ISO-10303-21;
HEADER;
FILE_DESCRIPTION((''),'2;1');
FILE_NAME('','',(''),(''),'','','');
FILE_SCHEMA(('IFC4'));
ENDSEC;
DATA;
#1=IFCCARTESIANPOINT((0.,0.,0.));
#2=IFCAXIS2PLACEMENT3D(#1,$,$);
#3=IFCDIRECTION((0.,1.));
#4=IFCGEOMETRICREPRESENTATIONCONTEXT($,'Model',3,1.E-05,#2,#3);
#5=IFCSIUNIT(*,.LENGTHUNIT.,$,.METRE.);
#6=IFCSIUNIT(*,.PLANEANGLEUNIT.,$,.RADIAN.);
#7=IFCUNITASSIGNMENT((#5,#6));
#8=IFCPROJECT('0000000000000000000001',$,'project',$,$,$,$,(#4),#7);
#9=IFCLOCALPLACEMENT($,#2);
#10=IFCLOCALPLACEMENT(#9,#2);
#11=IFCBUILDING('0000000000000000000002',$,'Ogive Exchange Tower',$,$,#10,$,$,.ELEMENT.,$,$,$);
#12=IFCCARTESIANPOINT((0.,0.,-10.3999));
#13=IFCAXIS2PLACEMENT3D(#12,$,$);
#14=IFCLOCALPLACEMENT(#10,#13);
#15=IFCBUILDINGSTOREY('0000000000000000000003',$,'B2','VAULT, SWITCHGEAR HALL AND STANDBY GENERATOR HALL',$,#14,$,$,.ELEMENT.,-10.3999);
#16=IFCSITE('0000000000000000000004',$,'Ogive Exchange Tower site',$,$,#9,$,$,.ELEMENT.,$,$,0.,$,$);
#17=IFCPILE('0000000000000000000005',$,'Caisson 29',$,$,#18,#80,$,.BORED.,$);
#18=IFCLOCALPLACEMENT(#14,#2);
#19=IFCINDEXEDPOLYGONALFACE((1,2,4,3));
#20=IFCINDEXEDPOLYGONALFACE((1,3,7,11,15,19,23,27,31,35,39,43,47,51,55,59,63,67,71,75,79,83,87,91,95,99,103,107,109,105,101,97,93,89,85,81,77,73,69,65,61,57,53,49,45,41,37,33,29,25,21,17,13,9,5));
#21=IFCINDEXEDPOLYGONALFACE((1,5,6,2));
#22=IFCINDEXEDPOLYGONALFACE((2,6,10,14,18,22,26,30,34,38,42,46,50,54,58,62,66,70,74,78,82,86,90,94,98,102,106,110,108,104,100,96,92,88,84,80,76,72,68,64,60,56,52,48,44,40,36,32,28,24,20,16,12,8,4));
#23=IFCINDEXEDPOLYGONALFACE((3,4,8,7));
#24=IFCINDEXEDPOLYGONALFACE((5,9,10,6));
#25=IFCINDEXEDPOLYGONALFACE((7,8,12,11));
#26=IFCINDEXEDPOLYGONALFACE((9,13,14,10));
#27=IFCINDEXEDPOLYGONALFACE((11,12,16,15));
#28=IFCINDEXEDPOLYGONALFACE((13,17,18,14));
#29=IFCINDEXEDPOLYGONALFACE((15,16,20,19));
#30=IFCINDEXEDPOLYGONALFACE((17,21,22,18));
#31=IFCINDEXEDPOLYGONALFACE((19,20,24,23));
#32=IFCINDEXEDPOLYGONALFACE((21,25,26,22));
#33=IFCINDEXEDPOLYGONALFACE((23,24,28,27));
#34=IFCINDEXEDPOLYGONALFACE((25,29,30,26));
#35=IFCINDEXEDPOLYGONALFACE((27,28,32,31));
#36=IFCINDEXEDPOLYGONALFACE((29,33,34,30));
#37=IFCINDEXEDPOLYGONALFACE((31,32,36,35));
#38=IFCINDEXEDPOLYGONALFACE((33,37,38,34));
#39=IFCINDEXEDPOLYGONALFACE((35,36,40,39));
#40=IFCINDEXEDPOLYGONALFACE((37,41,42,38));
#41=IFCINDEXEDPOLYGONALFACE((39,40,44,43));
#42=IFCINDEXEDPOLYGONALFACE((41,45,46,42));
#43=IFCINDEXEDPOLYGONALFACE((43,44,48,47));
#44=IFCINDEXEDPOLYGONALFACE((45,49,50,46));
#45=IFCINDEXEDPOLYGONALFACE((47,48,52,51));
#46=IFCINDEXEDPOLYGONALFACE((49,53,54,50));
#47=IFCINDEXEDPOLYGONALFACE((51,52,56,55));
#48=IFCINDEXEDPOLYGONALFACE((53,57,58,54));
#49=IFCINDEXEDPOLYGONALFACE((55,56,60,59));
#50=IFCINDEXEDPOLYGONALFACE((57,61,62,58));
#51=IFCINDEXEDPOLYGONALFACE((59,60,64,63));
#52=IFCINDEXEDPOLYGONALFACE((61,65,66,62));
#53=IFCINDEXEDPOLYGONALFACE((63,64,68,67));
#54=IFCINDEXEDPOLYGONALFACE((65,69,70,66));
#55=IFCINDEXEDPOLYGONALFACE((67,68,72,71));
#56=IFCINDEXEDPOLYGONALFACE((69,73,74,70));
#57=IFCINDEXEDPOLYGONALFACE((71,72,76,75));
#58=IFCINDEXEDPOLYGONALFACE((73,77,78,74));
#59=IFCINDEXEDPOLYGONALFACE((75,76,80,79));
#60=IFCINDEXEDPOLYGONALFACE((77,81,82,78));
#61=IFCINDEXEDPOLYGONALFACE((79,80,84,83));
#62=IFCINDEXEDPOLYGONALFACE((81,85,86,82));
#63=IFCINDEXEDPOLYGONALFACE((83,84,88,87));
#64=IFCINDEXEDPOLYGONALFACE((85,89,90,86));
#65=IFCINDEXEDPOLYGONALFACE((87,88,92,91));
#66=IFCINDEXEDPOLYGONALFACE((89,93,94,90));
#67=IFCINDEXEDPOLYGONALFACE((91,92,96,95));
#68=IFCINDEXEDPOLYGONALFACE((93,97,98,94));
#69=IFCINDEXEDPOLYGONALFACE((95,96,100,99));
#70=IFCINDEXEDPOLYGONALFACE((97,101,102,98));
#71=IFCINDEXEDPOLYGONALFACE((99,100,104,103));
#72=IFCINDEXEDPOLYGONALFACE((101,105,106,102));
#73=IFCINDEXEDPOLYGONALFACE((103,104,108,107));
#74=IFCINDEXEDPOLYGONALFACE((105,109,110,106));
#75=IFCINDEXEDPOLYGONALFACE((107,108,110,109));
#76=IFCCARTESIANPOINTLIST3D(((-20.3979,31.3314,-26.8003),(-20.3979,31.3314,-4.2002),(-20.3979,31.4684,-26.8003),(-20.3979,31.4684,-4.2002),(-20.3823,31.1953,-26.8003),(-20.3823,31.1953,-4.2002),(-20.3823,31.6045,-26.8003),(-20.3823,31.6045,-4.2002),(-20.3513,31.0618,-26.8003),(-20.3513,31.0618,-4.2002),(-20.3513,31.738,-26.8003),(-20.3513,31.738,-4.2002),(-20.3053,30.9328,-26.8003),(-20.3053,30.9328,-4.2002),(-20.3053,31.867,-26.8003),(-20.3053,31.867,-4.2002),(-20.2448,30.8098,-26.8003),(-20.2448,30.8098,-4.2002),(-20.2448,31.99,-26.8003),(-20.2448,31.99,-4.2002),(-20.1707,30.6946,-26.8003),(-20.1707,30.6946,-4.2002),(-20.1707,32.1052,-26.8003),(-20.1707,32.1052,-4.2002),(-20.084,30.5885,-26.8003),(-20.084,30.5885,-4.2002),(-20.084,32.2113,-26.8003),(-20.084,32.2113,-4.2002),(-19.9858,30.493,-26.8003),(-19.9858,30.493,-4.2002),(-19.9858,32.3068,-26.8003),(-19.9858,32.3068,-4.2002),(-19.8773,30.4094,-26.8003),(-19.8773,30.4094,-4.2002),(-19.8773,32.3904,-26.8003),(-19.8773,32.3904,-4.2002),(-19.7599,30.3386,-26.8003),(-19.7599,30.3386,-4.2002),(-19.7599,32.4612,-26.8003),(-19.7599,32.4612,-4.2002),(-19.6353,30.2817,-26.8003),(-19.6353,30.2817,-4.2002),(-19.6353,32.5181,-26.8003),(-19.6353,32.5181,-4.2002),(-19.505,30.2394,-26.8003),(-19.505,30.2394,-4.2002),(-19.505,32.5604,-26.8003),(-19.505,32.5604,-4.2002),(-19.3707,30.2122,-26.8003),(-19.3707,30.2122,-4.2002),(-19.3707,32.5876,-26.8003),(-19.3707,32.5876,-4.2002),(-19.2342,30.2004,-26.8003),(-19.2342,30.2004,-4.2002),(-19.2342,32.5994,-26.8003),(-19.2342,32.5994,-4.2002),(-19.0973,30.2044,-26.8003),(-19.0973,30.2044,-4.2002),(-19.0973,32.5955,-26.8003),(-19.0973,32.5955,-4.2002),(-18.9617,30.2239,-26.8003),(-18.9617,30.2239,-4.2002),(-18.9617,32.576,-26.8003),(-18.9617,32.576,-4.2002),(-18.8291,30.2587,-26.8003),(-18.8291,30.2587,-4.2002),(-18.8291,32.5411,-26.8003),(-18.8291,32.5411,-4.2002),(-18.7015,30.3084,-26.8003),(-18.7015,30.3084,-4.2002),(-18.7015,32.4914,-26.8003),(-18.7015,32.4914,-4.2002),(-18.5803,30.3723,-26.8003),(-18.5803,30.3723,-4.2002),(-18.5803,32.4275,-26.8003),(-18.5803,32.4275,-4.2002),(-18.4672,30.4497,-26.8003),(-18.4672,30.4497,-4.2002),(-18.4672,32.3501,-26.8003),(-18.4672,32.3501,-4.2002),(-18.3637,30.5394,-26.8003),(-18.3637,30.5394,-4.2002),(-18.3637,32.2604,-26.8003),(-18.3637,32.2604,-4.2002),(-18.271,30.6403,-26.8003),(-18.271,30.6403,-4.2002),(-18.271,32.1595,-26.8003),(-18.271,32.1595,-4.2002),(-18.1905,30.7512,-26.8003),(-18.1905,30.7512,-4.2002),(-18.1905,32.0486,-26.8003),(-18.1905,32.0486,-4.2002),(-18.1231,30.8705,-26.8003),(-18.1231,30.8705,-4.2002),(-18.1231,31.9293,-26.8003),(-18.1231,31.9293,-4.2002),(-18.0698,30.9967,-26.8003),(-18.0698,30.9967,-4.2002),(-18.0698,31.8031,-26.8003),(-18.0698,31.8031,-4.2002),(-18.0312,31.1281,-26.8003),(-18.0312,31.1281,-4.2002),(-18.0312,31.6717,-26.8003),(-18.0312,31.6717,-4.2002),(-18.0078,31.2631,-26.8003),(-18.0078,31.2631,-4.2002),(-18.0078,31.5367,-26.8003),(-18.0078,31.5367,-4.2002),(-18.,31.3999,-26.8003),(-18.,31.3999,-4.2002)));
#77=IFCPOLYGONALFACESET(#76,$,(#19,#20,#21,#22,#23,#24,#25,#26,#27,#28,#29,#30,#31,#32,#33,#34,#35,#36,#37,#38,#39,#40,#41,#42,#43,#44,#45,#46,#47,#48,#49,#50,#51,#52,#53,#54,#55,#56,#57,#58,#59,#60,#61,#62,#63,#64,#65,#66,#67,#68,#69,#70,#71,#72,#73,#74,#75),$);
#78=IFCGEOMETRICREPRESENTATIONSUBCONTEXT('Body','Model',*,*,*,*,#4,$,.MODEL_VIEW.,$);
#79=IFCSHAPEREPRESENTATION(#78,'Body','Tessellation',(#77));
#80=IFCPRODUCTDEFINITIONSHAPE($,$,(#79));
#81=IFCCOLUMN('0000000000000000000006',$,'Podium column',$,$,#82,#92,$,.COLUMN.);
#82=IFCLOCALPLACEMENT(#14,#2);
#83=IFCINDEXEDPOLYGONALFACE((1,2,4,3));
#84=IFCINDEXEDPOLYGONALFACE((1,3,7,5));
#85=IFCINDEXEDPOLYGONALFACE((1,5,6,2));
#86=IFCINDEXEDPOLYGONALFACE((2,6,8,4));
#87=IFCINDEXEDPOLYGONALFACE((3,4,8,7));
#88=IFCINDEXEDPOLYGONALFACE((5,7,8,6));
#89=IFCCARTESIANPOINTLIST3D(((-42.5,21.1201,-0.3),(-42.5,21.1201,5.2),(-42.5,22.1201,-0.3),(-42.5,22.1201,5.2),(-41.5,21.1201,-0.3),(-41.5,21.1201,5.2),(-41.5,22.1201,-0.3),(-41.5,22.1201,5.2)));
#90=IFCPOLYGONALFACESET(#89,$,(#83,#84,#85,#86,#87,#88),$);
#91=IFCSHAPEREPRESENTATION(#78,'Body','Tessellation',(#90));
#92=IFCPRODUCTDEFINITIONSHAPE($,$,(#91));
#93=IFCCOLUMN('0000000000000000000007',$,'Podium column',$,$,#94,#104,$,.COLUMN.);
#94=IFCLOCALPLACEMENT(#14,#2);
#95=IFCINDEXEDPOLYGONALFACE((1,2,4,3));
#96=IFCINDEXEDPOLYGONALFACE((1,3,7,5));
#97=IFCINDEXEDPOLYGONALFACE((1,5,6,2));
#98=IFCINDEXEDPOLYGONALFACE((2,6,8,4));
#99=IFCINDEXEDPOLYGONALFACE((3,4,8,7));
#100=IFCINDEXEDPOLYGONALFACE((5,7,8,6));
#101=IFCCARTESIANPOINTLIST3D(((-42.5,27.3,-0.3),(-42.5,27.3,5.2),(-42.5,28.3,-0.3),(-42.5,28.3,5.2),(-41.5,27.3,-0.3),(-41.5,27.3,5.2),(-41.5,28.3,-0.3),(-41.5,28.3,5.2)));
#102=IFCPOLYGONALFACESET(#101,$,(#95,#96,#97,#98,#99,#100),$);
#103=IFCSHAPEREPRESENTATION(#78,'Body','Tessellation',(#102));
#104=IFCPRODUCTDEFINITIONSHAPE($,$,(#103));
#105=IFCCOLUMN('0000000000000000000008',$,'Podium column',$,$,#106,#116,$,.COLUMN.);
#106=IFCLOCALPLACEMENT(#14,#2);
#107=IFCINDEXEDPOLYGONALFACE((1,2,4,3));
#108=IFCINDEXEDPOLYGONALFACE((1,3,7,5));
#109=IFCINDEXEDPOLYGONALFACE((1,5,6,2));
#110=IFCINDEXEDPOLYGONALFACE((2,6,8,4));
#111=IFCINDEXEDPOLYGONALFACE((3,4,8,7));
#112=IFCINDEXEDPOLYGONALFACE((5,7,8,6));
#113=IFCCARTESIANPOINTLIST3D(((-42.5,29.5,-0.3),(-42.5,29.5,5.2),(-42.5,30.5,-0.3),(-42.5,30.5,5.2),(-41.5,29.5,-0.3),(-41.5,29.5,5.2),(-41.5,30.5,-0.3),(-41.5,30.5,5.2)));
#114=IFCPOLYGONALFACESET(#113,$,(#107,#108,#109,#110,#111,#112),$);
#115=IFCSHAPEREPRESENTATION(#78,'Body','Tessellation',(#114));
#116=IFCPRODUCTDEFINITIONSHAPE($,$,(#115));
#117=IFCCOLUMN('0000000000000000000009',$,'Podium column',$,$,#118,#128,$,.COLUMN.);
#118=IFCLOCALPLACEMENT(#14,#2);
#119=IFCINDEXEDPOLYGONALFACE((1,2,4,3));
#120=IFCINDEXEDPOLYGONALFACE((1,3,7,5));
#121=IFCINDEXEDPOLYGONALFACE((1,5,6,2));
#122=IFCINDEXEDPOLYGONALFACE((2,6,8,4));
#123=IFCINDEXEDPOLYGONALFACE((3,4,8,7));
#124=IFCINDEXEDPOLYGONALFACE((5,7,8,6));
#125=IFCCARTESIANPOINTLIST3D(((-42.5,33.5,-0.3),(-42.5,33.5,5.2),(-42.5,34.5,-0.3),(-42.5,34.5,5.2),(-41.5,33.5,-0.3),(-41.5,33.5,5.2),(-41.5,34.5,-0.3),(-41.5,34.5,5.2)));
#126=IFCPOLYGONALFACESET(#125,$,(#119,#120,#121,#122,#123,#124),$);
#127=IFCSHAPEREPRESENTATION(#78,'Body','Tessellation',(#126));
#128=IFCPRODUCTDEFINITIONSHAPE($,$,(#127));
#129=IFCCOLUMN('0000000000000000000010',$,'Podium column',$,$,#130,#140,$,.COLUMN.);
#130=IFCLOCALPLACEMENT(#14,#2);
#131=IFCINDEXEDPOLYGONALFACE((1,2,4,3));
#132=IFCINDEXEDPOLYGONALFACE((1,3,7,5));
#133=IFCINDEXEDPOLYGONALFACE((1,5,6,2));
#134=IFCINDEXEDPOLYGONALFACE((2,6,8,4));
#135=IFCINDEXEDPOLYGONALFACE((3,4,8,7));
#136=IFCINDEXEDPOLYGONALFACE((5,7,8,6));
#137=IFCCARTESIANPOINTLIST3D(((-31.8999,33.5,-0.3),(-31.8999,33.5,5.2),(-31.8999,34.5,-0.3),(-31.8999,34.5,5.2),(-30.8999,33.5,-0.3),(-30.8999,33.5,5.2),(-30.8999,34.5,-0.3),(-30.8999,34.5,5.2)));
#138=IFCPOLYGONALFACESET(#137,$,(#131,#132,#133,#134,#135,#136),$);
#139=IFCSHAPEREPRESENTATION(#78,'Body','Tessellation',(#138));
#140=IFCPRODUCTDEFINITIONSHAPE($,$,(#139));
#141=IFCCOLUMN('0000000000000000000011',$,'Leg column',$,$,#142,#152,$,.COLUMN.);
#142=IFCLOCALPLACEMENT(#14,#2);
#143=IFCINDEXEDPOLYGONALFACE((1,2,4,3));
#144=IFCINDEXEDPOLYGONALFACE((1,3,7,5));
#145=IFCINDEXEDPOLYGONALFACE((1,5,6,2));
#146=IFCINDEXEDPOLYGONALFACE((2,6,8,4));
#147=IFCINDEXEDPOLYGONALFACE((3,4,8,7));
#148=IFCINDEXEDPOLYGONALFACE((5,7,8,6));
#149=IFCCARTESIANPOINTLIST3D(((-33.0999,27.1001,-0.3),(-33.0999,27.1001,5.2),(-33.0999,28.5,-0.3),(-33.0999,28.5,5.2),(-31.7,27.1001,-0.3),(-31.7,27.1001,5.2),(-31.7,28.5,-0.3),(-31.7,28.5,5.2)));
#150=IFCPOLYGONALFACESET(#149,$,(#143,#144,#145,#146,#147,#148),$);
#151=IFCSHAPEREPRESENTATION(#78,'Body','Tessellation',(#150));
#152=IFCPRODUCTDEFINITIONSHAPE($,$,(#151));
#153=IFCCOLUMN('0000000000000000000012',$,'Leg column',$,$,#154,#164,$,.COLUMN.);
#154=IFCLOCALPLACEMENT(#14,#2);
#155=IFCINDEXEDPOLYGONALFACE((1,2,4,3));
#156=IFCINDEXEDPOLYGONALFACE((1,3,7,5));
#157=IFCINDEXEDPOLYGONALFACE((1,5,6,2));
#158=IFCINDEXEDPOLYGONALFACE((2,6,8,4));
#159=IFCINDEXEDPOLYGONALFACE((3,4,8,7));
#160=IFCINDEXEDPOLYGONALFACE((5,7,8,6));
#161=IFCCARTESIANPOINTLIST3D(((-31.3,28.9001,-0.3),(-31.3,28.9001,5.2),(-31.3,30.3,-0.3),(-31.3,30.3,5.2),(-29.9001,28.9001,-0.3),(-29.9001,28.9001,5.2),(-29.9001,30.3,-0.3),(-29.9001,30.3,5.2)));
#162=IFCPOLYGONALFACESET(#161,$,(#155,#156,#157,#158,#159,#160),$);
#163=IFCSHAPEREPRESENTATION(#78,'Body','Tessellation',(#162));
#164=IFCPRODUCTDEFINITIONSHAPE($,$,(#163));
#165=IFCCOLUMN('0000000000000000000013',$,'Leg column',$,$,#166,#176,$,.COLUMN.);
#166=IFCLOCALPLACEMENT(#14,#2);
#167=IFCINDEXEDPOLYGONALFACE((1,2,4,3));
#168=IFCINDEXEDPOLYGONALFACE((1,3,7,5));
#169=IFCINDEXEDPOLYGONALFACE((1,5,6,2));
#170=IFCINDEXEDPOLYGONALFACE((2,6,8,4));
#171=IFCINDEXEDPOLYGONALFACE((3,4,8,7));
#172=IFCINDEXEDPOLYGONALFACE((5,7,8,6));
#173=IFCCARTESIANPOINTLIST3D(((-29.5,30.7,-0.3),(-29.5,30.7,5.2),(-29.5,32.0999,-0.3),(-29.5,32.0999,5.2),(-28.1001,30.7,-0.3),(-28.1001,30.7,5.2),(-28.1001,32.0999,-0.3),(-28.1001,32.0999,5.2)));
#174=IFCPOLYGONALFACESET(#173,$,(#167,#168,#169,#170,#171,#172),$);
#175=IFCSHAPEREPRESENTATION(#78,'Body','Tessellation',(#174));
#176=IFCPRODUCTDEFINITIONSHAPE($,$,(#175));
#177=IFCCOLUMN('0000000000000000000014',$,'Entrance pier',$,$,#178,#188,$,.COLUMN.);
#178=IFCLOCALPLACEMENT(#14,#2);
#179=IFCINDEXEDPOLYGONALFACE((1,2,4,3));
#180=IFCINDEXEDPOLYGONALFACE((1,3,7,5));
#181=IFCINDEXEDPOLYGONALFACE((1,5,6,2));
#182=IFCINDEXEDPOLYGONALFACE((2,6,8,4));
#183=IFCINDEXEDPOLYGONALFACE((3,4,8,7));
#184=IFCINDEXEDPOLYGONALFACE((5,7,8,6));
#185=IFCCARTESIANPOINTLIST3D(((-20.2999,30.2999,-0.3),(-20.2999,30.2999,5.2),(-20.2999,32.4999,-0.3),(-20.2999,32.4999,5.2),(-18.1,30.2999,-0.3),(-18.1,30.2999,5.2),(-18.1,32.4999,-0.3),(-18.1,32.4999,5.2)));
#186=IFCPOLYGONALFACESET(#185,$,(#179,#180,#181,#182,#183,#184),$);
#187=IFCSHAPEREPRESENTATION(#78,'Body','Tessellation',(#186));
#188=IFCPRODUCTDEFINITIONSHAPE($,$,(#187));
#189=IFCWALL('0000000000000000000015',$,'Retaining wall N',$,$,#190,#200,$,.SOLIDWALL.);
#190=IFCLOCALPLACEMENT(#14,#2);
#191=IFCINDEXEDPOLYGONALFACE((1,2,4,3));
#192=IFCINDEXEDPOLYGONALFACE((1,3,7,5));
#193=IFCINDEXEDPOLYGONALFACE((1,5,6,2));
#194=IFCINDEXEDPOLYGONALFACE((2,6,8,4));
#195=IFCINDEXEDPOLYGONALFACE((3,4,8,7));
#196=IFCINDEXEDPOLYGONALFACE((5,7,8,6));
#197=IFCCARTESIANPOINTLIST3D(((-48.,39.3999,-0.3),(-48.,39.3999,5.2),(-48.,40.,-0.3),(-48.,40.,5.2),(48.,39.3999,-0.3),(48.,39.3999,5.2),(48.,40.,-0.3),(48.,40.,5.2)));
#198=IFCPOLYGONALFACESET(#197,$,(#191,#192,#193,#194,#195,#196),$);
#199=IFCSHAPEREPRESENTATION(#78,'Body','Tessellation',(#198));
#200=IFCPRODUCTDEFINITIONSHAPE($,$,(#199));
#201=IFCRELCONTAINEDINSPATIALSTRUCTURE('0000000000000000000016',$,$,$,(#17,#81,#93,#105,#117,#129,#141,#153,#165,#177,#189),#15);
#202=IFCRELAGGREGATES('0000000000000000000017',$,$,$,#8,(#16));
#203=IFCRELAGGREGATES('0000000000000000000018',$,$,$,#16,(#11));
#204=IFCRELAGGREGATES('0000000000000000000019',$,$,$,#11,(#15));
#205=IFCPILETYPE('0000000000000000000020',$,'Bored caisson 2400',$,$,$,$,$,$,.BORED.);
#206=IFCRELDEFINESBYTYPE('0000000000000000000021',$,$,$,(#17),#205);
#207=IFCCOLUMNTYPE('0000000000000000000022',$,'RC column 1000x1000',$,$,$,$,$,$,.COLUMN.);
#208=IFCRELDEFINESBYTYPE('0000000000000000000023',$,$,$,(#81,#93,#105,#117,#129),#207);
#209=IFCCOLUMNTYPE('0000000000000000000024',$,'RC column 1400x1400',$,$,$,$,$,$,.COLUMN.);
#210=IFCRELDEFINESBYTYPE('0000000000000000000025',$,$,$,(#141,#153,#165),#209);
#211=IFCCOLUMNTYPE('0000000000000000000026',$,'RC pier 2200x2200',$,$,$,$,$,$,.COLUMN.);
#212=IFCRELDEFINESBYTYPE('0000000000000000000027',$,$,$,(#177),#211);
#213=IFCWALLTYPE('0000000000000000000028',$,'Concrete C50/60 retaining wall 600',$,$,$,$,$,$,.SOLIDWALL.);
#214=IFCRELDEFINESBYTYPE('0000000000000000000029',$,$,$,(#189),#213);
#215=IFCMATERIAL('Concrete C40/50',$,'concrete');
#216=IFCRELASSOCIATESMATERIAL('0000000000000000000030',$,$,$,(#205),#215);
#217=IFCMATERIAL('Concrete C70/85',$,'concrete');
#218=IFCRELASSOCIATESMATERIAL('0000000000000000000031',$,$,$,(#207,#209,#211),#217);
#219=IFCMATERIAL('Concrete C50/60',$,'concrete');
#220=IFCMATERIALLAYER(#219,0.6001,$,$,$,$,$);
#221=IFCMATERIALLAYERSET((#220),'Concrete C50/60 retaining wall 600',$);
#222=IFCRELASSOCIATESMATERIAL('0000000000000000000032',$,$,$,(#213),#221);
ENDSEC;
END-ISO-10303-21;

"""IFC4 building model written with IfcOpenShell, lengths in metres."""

from ifc_helpers import new_model, si_unit, direction, frame, frame_2d, origin, origin_2d, place, context, subcontext, project, spatial, rectangle, circle, extrude, material, layer, layer_set, material_profile, profile_set, type_object, element, save


model = new_model("IFC4")

# Units and contexts
model_context = context("Model", 3, precision=1e-05, world=origin(), true_north=direction((0.0, 1.0)))
body_context = subcontext(model_context, "Body", "Model", "MODEL_VIEW")
ifc_project = project(units=[si_unit("LENGTHUNIT", "METRE"), si_unit("PLANEANGLEUNIT", "RADIAN")], contexts=[model_context])

# Site, building, storey
site_placement = place(None, origin())
site = spatial("IfcSite", under=ifc_project, at=site_placement, Name="Ogive Exchange Tower site", CompositionType="ELEMENT", RefElevation=0.0)
building_placement = place(site_placement, origin())
building = spatial("IfcBuilding", under=site, at=building_placement, Name="Ogive Exchange Tower", CompositionType="ELEMENT")
storey_placement = place(building_placement, frame((0.0, 0.0, -10.3999)))
storey = spatial("IfcBuildingStorey", under=building, at=storey_placement, Name="B2", Description="VAULT, SWITCHGEAR HALL AND STANDBY GENERATOR HALL", CompositionType="ELEMENT", Elevation=-10.3999)

# Pile
ifc_material_1 = material(Name="Concrete C40/50", Category="concrete")
ifc_material_profile_1 = material_profile(ifc_material_1, circle(Radius=1.2, at=origin_2d()), Name="RC caisson 2400")
ifc_profile_set_1 = profile_set([ifc_material_profile_1], Name="Concrete C40/50")
pile_type = type_object("IfcPileType", Name="Bored caisson 2400", PredefinedType="BORED", material=ifc_profile_set_1)
for number, where, z_axis, x_axis, name in (
    (1, (-19.2, 31.3999, -4.2002), (0.0, 0.0, -1.0), (1.0, 0.0, 0.0), "Caisson 29"),
):
    element("IfcPile", number, at=place(storey_placement, frame(where, z_axis=z_axis, x_axis=x_axis)), inside=storey, type_object=pile_type, Name=name, PredefinedType="BORED", context=body_context, shape_type="SweptSolid", body=[
        extrude(circle(Radius=1.2, at=origin_2d()), origin(), (0.0, 0.0, 1.0), 22.6001),
    ])

# Columns
ifc_material_2 = material(Name="Concrete C70/85", Category="concrete")
ifc_material_profile_2 = material_profile(ifc_material_2, rectangle(XDim=1.0, YDim=1.0, at=origin_2d()), Name="RC 1000x1000")
ifc_profile_set_2 = profile_set([ifc_material_profile_2], Name="Concrete C70/85")
column_type_1 = type_object("IfcColumnType", Name="RC column 1000x1000", PredefinedType="COLUMN", material=ifc_profile_set_2)
for number, where, z_axis, x_axis, name in (
    (2, (-42.0, 21.6201, -0.3), (0.0, 0.0, 1.0), (1.0, 0.0, 0.0), "Podium column"),
    (3, (-42.0, 27.8, -0.3), (0.0, 0.0, 1.0), (1.0, 0.0, 0.0), "Podium column"),
    (4, (-42.0, 30.0, -0.3), (0.0, 0.0, 1.0), (1.0, 0.0, 0.0), "Podium column"),
    (5, (-42.0, 34.0, -0.3), (0.0, 0.0, 1.0), (1.0, 0.0, 0.0), "Podium column"),
    (6, (-31.3999, 34.0, -0.3), (0.0, 0.0, 1.0), (1.0, 0.0, 0.0), "Podium column"),
):
    element("IfcColumn", number, at=place(storey_placement, frame(where, z_axis=z_axis, x_axis=x_axis)), inside=storey, type_object=column_type_1, Name=name, PredefinedType="COLUMN", context=body_context, shape_type="SweptSolid", body=[
        extrude(rectangle(XDim=1.0, YDim=1.0, at=origin_2d()), origin(), (0.0, 0.0, 1.0), 5.5),
    ])
ifc_material_profile_3 = material_profile(ifc_material_2, rectangle(XDim=1.3999, YDim=1.3999, at=origin_2d()), Name="RC 1400x1400")
ifc_profile_set_3 = profile_set([ifc_material_profile_3], Name="Concrete C70/85")
column_type_2 = type_object("IfcColumnType", Name="RC column 1400x1400", PredefinedType="COLUMN", material=ifc_profile_set_3)
for number, where, z_axis, x_axis, name in (
    (7, (-32.3999, 27.8, -0.3), (0.0, 0.0, 1.0), (1.0, 0.0, 0.0), "Leg column"),
    (8, (-30.6001, 29.6001, -0.3), (0.0, 0.0, 1.0), (1.0, 0.0, 0.0), "Leg column"),
    (9, (-28.8, 31.3999, -0.3), (0.0, 0.0, 1.0), (1.0, 0.0, 0.0), "Leg column"),
):
    element("IfcColumn", number, at=place(storey_placement, frame(where, z_axis=z_axis, x_axis=x_axis)), inside=storey, type_object=column_type_2, Name=name, PredefinedType="COLUMN", context=body_context, shape_type="SweptSolid", body=[
        extrude(rectangle(XDim=1.3999, YDim=1.3999, at=origin_2d()), origin(), (0.0, 0.0, 1.0), 5.5),
    ])
ifc_material_profile_4 = material_profile(ifc_material_2, rectangle(XDim=2.2, YDim=2.2, at=origin_2d()), Name="RC 2200x2200")
ifc_profile_set_4 = profile_set([ifc_material_profile_4], Name="Concrete C70/85")
column_type_3 = type_object("IfcColumnType", Name="RC pier 2200x2200", PredefinedType="COLUMN", material=ifc_profile_set_4)
column_placement = place(storey_placement, frame((-19.2, 31.3999, -0.3), z_axis=(0.0, 0.0, 1.0), x_axis=(1.0, 0.0, 0.0)))
element("IfcColumn", 10, at=column_placement, inside=storey, type_object=column_type_3, Name="Entrance pier", PredefinedType="COLUMN", context=body_context, shape_type="SweptSolid", body=[
    extrude(rectangle(XDim=2.2, YDim=2.2, at=origin_2d()), origin(), (0.0, 0.0, 1.0), 5.5),
])

# Wall
ifc_material_3 = material(Name="Concrete C50/60", Category="concrete")
ifc_layer_1 = layer(ifc_material_3, 0.6001)
ifc_layer_set_1 = layer_set([ifc_layer_1], Name="Concrete C50/60 retaining wall 600")
wall_type_1 = type_object("IfcWallType", Name="Concrete C50/60 retaining wall 600", PredefinedType="SOLIDWALL", material=ifc_layer_set_1)
wall_1_placement = place(storey_placement, frame((-48.0, 39.7, -0.3), z_axis=(0.0, 0.0, 1.0), x_axis=(1.0, 0.0, 0.0)))
element("IfcWall", 11, at=wall_1_placement, inside=storey, type_object=wall_type_1, Name="Retaining wall N", PredefinedType="SOLIDWALL", context=body_context, shape_type="SweptSolid", body=[
    extrude(rectangle(XDim=96.0, YDim=0.6001, at=frame_2d((48.0, 0.0))), origin(), (0.0, 0.0, 1.0), 5.5),
])

save(model, "model.ifc")
